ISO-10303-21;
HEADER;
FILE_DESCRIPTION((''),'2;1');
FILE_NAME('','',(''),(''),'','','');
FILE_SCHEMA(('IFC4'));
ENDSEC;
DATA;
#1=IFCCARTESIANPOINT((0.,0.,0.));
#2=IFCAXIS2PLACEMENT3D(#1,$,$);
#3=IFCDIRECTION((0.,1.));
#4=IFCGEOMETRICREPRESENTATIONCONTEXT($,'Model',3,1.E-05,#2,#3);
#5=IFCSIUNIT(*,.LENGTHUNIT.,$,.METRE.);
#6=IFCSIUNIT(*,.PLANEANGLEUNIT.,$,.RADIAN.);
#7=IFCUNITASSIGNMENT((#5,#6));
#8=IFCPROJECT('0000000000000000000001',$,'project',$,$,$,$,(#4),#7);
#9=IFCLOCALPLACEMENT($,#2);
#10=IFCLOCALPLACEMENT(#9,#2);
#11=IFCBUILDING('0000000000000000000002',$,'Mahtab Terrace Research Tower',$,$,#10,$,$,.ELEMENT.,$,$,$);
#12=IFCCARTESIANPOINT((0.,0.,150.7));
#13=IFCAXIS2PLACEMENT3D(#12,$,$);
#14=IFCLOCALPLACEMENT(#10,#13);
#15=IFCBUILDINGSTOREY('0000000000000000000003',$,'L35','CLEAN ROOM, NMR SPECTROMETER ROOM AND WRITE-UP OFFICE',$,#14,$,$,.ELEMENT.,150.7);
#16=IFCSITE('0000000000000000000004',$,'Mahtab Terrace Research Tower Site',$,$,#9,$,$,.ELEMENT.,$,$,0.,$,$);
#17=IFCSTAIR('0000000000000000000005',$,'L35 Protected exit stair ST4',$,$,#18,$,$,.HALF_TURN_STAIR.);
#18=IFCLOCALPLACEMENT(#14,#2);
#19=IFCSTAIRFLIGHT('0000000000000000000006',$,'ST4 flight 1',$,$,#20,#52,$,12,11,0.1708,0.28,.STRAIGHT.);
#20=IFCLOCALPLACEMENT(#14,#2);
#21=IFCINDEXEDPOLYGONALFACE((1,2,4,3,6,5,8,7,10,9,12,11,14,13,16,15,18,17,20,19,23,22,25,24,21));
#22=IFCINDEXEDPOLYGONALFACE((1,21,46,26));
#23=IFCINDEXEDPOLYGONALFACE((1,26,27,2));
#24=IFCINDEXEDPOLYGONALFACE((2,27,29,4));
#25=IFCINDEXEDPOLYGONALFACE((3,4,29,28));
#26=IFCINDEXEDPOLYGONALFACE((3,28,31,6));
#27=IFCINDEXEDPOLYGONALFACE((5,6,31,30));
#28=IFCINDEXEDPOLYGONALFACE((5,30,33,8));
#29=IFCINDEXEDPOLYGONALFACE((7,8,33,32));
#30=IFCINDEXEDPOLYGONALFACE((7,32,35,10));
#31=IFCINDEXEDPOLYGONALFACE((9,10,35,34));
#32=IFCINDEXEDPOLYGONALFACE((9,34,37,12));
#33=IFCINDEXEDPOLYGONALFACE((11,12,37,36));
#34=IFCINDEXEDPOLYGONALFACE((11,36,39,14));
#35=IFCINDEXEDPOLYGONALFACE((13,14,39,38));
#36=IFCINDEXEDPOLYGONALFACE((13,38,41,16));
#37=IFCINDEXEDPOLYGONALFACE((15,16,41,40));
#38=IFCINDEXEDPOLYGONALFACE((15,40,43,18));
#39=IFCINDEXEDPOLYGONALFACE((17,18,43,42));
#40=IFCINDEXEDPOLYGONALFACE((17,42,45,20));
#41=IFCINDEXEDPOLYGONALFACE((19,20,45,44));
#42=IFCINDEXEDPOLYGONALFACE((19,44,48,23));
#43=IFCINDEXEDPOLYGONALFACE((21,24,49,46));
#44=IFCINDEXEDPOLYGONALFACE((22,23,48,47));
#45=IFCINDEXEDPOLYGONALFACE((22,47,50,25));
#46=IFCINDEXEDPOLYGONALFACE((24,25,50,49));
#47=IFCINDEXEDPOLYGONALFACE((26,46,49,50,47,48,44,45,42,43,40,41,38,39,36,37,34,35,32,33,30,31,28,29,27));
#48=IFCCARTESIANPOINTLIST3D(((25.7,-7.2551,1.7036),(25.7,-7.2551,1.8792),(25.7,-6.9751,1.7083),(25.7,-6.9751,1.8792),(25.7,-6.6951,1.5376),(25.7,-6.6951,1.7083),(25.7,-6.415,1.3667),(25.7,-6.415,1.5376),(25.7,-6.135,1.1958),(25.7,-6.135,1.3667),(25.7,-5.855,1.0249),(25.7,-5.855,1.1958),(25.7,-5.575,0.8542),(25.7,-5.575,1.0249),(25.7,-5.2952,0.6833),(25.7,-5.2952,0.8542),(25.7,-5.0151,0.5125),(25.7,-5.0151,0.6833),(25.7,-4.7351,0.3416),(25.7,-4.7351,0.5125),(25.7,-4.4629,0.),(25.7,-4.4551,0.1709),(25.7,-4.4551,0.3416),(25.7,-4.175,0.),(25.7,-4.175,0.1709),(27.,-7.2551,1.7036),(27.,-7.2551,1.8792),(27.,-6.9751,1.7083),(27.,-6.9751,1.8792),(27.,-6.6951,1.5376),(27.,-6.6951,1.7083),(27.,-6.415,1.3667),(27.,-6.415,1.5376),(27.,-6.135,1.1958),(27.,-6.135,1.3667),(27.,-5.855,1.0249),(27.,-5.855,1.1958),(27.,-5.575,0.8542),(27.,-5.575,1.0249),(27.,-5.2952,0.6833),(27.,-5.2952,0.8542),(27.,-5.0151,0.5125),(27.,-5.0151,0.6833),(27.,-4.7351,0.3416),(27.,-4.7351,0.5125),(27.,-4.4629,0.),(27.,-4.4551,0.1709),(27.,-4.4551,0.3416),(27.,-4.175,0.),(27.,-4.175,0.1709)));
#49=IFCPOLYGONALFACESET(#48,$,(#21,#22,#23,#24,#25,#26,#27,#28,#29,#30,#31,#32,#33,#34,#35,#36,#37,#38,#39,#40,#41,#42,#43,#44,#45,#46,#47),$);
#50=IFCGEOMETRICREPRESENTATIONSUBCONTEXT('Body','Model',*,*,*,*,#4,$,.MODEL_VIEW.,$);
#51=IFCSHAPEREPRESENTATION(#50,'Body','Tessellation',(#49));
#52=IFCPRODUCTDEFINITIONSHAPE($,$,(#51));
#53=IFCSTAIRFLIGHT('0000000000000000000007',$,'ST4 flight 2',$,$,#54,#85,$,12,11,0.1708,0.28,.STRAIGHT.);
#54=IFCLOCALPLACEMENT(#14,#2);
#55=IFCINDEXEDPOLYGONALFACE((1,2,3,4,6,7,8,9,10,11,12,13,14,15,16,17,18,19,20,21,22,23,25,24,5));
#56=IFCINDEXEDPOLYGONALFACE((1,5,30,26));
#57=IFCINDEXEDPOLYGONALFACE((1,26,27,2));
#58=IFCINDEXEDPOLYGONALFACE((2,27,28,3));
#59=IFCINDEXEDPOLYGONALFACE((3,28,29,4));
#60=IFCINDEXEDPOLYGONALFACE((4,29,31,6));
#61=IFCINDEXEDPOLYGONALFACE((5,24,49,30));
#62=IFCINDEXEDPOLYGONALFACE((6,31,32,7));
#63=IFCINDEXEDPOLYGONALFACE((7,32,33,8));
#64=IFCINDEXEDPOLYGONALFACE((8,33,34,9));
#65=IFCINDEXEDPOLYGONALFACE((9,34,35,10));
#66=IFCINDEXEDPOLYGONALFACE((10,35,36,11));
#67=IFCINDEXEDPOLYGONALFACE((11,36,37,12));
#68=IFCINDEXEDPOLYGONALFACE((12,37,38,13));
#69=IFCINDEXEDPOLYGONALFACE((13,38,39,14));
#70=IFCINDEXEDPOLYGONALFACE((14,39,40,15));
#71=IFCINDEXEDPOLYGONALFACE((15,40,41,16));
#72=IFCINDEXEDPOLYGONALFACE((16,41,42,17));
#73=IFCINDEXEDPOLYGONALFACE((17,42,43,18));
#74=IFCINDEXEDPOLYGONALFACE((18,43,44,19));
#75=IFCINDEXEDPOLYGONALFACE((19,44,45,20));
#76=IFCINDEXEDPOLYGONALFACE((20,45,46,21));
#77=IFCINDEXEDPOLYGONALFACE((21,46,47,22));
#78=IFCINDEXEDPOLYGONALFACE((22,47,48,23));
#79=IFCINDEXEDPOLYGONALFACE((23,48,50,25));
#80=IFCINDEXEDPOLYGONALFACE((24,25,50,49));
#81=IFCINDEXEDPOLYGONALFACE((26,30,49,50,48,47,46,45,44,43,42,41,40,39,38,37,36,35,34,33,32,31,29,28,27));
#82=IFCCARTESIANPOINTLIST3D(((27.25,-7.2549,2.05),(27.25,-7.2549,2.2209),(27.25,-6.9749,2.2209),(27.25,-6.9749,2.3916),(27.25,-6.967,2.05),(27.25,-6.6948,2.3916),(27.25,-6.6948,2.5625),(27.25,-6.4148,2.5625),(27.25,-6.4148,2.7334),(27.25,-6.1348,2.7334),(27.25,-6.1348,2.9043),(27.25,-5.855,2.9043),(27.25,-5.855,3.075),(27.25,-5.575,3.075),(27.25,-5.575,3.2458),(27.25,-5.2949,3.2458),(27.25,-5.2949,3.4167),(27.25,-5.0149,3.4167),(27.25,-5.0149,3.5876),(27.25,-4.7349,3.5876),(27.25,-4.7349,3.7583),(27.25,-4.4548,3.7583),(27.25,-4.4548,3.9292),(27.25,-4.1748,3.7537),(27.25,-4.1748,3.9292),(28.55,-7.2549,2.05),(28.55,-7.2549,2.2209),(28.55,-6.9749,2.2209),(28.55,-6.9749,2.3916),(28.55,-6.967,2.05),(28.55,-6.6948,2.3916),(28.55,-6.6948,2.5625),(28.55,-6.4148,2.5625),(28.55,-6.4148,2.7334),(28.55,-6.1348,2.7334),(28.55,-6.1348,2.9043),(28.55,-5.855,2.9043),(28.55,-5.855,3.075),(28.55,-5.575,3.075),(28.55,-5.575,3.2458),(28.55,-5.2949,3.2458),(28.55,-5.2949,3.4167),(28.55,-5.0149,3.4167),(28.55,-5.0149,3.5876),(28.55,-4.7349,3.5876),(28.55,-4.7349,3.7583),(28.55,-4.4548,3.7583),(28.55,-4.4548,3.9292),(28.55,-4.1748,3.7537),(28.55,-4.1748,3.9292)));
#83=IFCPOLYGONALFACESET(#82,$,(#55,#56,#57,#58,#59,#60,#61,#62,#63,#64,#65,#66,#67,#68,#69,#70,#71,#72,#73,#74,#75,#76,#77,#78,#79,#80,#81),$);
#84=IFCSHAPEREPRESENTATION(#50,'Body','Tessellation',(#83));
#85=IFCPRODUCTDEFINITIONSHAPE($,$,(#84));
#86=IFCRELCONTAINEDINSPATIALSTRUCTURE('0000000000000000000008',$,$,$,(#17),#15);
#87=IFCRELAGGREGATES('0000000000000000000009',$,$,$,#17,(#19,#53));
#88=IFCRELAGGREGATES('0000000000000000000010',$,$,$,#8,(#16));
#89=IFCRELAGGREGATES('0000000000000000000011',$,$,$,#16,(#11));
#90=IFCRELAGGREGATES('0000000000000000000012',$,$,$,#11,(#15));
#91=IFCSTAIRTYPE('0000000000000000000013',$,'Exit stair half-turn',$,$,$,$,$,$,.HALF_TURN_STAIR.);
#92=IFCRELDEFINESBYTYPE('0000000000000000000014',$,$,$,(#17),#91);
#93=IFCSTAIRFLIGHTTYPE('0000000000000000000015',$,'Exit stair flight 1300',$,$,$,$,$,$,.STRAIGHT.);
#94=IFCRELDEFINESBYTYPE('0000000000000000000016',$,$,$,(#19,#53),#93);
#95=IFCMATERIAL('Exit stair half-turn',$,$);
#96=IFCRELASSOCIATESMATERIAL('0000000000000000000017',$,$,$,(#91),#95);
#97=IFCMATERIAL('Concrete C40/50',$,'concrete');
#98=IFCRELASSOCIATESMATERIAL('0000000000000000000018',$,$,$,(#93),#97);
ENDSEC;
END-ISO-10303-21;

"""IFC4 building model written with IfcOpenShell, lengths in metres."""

from ifc_helpers import new_model, si_unit, direction, frame, origin, place, context, subcontext, project, spatial, polyline, outline, extrude, material, type_object, element, aggregate, save


model = new_model("IFC4")

# Units and contexts
model_context = context("Model", 3, precision=1e-05, world=origin(), true_north=direction((0.0, 1.0)))
body_context = subcontext(model_context, "Body", "Model", "MODEL_VIEW")
ifc_project = project(units=[si_unit("LENGTHUNIT", "METRE"), si_unit("PLANEANGLEUNIT", "RADIAN")], contexts=[model_context])

# Site, building, storey
site_placement = place(None, origin())
site = spatial("IfcSite", under=ifc_project, at=site_placement, Name="Mahtab Terrace Research Tower Site", CompositionType="ELEMENT", RefElevation=0.0)
building_placement = place(site_placement, origin())
building = spatial("IfcBuilding", under=site, at=building_placement, Name="Mahtab Terrace Research Tower", CompositionType="ELEMENT")
storey_placement = place(building_placement, frame((0.0, 0.0, 150.7)))
storey = spatial("IfcBuildingStorey", under=building, at=storey_placement, Name="L35", Description="CLEAN ROOM, NMR SPECTROMETER ROOM AND WRITE-UP OFFICE", CompositionType="ELEMENT", Elevation=150.7)

# Stair, stair flights
ifc_material_1 = material(Name="Exit stair half-turn")
stair_type = type_object("IfcStairType", Name="Exit stair half-turn", PredefinedType="HALF_TURN_STAIR", material=ifc_material_1)
stair_placement = place(storey_placement, origin())
stair = element("IfcStair", 1, at=stair_placement, inside=storey, type_object=stair_type, Name="L35 Protected exit stair ST4", PredefinedType="HALF_TURN_STAIR")
ifc_material_2 = material(Name="Concrete C40/50", Category="concrete")
stair_flight_type = type_object("IfcStairFlightType", Name="Exit stair flight 1300", PredefinedType="STRAIGHT", material=ifc_material_2)
stair_flight_1_placement = place(storey_placement, frame((26.3501, -4.175, 0.0), z_axis=(0.0, 0.0, 1.0), x_axis=(0.0, -1.0, 0.0)))
stair_flight_1 = element("IfcStairFlight", 2, at=stair_flight_1_placement, type_object=stair_flight_type, Name="ST4 flight 1", NumberOfRisers=12, NumberOfTreads=11, PredefinedType="STRAIGHT", RiserHeight=0.1708, TreadLength=0.28, context=body_context, shape_type="SweptSolid", body=[
    extrude(outline(polyline([(0.0, 0.0), (0.0, 0.1709), (0.28, 0.1709), (0.28, 0.3416), (0.5601, 0.3416), (0.5601, 0.5125), (0.8401, 0.5125), (0.8401, 0.6833), (1.1201, 0.6833), (1.1201, 0.8542), (1.3999, 0.8542), (1.3999, 1.0249), (1.6799, 1.0249), (1.6799, 1.1958), (1.96, 1.1958), (1.96, 1.3667), (2.24, 1.3667), (2.24, 1.5376), (2.52, 1.5376), (2.52, 1.7083), (2.8, 1.7083), (2.8, 1.8792), (3.0801, 1.8792), (3.0801, 2.05), (3.0801, 1.7036), (0.2878, 0.0), (0.0, 0.0)])), frame((0.0, 0.6499, 0.0), z_axis=(0.0, -1.0, 0.0), x_axis=(1.0, 0.0, 0.0)), (0.0, 0.0, 1.0), 1.3),
])
stair_flight_2_placement = place(storey_placement, frame((27.8999, -7.2549, 2.05), z_axis=(0.0, 0.0, 1.0), x_axis=(0.0, 1.0, 0.0)))
stair_flight_2 = element("IfcStairFlight", 3, at=stair_flight_2_placement, type_object=stair_flight_type, Name="ST4 flight 2", NumberOfRisers=12, NumberOfTreads=11, PredefinedType="STRAIGHT", RiserHeight=0.1708, TreadLength=0.28, context=body_context, shape_type="SweptSolid", body=[
    extrude(outline(polyline([(0.0, 0.0), (0.0, 0.1709), (0.28, 0.1709), (0.28, 0.3416), (0.5601, 0.3416), (0.5601, 0.5125), (0.8401, 0.5125), (0.8401, 0.6833), (1.1201, 0.6833), (1.1201, 0.8542), (1.3999, 0.8542), (1.3999, 1.0249), (1.6799, 1.0249), (1.6799, 1.1958), (1.96, 1.1958), (1.96, 1.3667), (2.24, 1.3667), (2.24, 1.5376), (2.52, 1.5376), (2.52, 1.7083), (2.8, 1.7083), (2.8, 1.8792), (3.0801, 1.8792), (3.0801, 2.05), (3.0801, 1.7036), (0.2878, 0.0), (0.0, 0.0)])), frame((0.0, 0.6499, 0.0), z_axis=(0.0, -1.0, 0.0), x_axis=(1.0, 0.0, 0.0)), (0.0, 0.0, 1.0), 1.3),
])
aggregate(stair, [stair_flight_1, stair_flight_2])

save(model, "model.ifc")
